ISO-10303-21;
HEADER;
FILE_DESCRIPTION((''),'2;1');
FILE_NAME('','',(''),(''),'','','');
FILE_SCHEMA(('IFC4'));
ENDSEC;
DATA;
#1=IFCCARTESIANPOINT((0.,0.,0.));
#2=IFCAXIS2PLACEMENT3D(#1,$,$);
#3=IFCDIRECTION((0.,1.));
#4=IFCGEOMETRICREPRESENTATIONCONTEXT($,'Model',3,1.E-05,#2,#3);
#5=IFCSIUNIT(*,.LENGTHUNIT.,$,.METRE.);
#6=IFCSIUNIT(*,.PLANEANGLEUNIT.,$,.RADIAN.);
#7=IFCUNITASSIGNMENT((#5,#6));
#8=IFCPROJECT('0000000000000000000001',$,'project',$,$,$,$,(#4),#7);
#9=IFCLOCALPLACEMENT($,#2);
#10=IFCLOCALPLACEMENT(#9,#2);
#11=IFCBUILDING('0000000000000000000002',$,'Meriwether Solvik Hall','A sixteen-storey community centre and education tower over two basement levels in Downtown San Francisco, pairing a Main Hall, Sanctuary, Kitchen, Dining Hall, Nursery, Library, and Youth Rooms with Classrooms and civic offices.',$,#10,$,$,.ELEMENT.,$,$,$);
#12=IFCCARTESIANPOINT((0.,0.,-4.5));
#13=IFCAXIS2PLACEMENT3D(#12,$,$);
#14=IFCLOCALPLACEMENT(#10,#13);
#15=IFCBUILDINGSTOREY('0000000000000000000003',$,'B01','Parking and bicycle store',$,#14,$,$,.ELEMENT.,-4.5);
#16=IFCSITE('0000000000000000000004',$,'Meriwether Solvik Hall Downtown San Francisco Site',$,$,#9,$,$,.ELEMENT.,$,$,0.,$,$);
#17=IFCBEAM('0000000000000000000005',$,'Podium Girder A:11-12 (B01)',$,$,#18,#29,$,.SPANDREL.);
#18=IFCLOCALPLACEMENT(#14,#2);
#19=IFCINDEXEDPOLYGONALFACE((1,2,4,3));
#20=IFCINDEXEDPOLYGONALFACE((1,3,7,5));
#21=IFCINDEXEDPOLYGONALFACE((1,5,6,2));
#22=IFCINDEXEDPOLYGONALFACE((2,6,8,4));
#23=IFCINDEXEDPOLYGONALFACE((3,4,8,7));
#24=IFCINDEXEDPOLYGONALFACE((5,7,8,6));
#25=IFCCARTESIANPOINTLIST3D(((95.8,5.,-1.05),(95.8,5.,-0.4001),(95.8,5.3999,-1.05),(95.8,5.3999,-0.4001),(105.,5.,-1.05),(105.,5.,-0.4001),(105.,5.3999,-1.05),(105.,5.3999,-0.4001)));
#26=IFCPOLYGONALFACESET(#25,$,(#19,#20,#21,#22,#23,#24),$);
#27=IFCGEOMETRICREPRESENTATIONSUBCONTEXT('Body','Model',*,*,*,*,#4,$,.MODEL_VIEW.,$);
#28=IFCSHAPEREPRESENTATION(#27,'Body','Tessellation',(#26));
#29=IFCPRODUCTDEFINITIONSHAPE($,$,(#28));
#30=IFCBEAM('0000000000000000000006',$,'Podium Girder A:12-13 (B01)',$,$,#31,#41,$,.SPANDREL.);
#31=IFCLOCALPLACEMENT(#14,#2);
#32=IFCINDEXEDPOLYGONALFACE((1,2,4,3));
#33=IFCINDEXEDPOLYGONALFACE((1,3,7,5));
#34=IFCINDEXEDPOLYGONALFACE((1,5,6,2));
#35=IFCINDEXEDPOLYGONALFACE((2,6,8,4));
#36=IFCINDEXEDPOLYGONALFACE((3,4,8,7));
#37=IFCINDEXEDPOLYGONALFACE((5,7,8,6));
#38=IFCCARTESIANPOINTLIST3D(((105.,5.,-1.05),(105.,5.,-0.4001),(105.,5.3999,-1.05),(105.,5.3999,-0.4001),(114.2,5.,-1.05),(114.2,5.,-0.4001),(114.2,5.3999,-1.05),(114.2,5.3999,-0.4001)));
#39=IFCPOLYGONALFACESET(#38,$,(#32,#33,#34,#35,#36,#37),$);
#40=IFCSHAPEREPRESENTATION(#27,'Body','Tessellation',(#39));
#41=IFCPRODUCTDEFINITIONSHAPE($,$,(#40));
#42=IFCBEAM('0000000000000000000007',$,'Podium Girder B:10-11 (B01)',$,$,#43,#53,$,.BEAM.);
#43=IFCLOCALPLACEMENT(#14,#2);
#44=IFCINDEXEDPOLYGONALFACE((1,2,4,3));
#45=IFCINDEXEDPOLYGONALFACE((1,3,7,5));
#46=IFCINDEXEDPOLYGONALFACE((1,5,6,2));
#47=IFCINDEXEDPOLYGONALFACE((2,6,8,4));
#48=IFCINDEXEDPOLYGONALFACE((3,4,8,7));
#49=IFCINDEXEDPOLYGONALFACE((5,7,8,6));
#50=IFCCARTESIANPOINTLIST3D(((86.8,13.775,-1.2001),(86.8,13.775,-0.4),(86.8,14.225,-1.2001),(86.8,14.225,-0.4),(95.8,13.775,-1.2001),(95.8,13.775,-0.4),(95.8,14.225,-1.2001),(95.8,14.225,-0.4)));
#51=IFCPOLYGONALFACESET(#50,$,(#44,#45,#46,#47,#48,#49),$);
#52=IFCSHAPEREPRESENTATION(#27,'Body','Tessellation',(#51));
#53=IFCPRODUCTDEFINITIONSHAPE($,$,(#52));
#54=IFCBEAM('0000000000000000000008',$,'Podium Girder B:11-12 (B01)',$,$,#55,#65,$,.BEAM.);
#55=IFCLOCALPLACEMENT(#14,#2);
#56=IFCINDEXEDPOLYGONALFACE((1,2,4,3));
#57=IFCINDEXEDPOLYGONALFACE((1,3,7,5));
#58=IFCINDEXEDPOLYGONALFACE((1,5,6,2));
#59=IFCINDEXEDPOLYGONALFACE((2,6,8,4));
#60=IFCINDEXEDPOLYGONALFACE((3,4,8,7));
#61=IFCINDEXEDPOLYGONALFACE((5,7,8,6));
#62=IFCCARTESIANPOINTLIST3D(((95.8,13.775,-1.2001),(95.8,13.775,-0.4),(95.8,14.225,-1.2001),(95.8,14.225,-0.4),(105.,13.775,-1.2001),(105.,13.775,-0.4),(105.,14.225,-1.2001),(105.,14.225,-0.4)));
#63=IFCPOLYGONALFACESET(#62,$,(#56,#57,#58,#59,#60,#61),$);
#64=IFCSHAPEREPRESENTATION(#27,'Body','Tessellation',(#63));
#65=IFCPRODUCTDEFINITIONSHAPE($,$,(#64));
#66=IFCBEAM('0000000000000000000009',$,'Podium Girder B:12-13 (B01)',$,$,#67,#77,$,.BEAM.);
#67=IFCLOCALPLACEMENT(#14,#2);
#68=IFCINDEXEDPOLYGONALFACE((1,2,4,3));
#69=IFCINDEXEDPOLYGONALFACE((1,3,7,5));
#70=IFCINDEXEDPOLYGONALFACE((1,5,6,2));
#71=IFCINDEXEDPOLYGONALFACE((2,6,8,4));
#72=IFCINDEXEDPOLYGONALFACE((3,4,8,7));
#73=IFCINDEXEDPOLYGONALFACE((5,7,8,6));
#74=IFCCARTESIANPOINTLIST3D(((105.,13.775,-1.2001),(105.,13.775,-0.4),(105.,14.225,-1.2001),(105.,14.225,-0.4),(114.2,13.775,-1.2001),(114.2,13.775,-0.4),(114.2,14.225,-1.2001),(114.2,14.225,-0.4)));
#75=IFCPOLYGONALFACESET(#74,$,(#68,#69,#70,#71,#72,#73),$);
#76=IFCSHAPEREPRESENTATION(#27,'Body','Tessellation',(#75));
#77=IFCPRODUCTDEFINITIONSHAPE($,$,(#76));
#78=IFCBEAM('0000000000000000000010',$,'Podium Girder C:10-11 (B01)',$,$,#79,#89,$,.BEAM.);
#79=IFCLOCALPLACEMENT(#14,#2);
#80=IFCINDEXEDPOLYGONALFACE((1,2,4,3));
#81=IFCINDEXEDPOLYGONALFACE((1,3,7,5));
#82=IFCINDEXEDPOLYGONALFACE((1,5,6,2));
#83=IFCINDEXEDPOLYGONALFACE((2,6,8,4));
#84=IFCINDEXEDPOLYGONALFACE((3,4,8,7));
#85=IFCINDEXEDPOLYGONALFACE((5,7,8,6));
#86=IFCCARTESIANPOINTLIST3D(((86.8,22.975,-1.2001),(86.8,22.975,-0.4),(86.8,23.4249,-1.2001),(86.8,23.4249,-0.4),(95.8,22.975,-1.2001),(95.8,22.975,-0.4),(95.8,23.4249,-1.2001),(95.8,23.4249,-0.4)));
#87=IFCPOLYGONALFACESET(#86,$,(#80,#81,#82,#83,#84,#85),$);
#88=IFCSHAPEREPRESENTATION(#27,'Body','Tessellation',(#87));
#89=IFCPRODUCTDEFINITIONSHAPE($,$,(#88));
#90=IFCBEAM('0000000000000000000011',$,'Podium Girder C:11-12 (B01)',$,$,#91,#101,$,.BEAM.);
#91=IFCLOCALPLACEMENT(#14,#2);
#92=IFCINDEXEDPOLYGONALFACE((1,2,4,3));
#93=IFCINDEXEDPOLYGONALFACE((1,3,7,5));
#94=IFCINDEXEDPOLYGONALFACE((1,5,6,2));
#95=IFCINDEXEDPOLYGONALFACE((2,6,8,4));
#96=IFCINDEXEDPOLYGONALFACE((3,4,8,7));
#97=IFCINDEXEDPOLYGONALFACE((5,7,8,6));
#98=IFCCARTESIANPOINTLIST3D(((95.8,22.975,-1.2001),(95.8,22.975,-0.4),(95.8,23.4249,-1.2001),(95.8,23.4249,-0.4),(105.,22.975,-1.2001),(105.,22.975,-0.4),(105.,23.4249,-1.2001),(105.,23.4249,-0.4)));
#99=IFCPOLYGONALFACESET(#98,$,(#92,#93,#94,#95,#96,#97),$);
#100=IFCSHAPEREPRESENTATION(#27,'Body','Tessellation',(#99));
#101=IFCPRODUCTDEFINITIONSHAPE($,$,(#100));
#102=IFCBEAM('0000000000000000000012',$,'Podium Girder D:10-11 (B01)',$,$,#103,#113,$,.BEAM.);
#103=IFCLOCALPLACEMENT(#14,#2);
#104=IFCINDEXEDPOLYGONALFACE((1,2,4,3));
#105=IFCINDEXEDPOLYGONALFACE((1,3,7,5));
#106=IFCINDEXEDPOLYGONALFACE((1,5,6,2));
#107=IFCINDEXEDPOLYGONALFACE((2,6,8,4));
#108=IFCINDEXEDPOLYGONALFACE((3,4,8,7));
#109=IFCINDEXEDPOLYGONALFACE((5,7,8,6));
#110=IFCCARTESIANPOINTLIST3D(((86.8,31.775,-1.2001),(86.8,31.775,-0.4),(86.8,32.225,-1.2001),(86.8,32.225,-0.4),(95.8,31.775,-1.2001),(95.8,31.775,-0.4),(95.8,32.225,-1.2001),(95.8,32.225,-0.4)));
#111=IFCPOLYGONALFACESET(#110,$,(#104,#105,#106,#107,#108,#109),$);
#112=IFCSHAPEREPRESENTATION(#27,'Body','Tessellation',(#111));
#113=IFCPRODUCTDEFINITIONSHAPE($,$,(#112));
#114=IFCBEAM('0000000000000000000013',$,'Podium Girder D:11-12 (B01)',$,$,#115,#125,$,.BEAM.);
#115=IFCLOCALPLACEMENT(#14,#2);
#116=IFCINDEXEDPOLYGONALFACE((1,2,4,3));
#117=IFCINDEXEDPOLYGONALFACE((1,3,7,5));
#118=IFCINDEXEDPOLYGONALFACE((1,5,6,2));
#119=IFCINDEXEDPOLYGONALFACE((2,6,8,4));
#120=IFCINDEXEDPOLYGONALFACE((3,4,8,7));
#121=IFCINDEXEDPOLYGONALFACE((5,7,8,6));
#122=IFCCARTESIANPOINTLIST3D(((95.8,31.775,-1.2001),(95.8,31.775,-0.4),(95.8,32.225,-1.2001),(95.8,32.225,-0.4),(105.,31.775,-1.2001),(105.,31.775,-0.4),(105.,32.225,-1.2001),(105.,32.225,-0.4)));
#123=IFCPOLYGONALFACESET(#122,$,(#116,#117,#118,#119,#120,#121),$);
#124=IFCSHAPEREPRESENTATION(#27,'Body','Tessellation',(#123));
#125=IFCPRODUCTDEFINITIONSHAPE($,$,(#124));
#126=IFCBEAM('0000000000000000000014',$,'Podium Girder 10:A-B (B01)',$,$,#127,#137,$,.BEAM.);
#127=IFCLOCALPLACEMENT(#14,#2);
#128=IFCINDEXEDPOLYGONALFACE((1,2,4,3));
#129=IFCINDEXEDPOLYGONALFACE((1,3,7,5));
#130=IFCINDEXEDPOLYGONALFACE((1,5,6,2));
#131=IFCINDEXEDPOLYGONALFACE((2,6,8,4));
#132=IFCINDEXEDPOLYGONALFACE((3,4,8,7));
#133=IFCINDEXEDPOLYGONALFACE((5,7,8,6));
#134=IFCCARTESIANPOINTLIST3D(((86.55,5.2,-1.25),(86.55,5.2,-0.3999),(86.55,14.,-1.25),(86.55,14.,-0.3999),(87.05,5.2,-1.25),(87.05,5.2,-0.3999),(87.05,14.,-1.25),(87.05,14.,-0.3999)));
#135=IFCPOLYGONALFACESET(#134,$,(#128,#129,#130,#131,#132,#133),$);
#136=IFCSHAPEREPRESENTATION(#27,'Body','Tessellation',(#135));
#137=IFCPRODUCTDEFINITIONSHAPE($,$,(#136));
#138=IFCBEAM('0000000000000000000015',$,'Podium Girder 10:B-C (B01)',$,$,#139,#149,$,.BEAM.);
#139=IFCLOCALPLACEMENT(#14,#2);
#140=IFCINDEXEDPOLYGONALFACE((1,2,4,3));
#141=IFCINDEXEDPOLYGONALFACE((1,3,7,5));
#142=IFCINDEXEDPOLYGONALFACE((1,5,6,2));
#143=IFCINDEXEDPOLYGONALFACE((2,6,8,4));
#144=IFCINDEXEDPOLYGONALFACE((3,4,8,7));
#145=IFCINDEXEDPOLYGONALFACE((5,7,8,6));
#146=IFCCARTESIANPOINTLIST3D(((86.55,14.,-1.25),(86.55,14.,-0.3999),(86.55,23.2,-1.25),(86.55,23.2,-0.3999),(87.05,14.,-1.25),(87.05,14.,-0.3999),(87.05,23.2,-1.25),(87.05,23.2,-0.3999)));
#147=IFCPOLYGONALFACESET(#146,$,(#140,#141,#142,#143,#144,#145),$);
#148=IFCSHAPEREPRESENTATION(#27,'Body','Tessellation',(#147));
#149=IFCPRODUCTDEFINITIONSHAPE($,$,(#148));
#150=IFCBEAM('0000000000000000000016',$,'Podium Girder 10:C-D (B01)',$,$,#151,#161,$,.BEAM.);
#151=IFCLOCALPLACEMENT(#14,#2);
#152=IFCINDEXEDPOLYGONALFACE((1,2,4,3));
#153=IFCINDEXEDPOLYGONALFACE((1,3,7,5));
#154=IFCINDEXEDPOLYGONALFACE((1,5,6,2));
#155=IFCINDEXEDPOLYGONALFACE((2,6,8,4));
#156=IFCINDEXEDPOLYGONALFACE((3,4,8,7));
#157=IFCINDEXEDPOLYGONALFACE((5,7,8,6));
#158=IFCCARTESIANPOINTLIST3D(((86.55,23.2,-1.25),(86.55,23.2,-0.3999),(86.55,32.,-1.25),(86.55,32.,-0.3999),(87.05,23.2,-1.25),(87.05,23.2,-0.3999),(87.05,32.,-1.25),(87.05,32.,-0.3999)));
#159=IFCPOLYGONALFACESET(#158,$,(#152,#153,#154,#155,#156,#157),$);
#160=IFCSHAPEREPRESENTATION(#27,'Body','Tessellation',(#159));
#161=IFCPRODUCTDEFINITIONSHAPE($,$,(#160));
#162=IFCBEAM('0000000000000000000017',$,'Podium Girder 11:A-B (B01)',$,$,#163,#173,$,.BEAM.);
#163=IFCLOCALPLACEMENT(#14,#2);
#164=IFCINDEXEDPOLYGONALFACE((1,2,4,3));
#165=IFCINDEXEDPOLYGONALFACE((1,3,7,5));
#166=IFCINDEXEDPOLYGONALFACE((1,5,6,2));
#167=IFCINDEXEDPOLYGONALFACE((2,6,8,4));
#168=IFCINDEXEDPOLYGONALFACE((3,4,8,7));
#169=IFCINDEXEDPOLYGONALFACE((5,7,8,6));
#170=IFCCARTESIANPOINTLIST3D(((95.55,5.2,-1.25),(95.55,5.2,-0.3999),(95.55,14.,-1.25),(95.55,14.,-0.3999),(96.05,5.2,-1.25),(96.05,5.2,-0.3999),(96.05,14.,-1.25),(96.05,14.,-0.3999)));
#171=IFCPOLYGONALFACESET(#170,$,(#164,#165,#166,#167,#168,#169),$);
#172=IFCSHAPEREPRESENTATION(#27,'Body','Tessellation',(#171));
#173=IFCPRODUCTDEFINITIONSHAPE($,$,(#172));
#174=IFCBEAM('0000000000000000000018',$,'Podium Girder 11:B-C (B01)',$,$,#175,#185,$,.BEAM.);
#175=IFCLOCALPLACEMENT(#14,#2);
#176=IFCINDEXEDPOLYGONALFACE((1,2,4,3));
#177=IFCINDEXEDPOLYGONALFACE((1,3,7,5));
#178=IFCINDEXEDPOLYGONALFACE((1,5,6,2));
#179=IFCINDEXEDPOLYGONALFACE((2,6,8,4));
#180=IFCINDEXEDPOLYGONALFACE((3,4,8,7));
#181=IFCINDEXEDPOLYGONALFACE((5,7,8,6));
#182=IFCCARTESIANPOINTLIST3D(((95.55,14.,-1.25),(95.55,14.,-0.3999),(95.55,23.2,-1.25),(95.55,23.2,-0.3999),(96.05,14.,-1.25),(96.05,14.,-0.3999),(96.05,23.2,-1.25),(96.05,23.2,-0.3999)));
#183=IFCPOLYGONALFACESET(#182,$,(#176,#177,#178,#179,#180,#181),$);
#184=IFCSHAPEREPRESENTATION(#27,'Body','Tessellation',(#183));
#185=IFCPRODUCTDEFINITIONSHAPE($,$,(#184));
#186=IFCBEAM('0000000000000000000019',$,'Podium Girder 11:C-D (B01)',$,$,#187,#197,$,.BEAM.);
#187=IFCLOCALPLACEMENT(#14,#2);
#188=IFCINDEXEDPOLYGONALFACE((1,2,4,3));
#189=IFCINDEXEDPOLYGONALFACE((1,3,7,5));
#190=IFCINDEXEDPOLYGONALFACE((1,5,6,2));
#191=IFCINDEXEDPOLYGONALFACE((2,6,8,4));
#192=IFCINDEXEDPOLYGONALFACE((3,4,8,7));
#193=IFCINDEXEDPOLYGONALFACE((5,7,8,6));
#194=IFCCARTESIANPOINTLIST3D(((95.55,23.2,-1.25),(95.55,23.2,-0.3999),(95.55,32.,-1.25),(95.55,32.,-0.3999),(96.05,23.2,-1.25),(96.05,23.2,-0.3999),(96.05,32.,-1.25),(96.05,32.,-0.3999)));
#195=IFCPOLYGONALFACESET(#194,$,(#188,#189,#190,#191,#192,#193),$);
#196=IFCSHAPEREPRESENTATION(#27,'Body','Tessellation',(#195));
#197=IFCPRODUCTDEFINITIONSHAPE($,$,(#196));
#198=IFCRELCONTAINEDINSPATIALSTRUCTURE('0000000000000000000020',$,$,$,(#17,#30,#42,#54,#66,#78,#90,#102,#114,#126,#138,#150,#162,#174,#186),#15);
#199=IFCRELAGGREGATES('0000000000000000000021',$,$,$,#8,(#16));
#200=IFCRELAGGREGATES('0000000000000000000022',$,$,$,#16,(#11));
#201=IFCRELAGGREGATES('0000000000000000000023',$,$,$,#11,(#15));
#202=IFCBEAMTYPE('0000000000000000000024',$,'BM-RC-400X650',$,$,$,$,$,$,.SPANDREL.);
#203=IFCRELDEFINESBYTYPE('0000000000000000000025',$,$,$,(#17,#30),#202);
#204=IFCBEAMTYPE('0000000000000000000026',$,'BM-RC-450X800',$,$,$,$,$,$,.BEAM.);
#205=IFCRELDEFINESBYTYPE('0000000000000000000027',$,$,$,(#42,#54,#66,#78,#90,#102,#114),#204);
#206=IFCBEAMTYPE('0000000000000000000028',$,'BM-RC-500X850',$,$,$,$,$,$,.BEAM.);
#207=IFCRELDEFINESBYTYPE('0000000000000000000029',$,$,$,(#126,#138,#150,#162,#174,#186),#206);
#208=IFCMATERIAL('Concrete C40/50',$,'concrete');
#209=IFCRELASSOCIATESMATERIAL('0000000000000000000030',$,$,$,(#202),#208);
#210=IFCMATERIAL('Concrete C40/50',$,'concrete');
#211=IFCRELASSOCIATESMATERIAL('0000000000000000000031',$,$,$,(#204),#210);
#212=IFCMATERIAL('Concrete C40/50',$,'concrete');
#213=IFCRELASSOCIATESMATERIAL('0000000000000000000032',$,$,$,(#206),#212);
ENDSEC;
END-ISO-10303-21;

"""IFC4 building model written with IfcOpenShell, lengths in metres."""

from ifc_helpers import new_model, si_unit, direction, frame, origin, origin_2d, place, context, subcontext, project, spatial, rectangle, extrude, material, material_profile, profile_set, type_object, element, save


model = new_model("IFC4")

# Units and contexts
model_context = context("Model", 3, precision=1e-05, world=origin(), true_north=direction((0.0, 1.0)))
body_context = subcontext(model_context, "Body", "Model", "MODEL_VIEW")
ifc_project = project(units=[si_unit("LENGTHUNIT", "METRE"), si_unit("PLANEANGLEUNIT", "RADIAN")], contexts=[model_context])

# Site, building, storey
site_placement = place(None, origin())
site = spatial("IfcSite", under=ifc_project, at=site_placement, Name="Meriwether Solvik Hall Downtown San Francisco Site", CompositionType="ELEMENT", RefElevation=0.0)
building_placement = place(site_placement, origin())
building = spatial("IfcBuilding", under=site, at=building_placement, Name="Meriwether Solvik Hall", Description="A sixteen-storey community centre and education tower over two basement levels in Downtown San Francisco, pairing a Main Hall, Sanctuary, Kitchen, Dining Hall, Nursery, Library, and Youth Rooms with Classrooms and civic offices.", CompositionType="ELEMENT")
storey_placement = place(building_placement, frame((0.0, 0.0, -4.5)))
storey = spatial("IfcBuildingStorey", under=building, at=storey_placement, Name="B01", Description="Parking and bicycle store", CompositionType="ELEMENT", Elevation=-4.5)

# Beams
ifc_material_1 = material(Name="Concrete C40/50", Category="concrete")
ifc_material_profile_1 = material_profile(ifc_material_1, rectangle(XDim=0.3999, YDim=0.6499, at=origin_2d()), Name="RCB-400X650")
ifc_profile_set_1 = profile_set([ifc_material_profile_1], Name="Concrete C40/50")
beam_type_1 = type_object("IfcBeamType", Name="BM-RC-400X650", PredefinedType="SPANDREL", material=ifc_profile_set_1)
for number, where, z_axis, x_axis, name in (
    (1, (95.8, 5.2, -0.7251), (1.0, 0.0, 0.0), (0.0, 1.0, 0.0), "Podium Girder A:11-12 (B01)"),
    (2, (105.0, 5.2, -0.7251), (1.0, 0.0, 0.0), (0.0, 1.0, 0.0), "Podium Girder A:12-13 (B01)"),
):
    element("IfcBeam", number, at=place(storey_placement, frame(where, z_axis=z_axis, x_axis=x_axis)), inside=storey, type_object=beam_type_1, Name=name, PredefinedType="SPANDREL", context=body_context, shape_type="SweptSolid", body=[
        extrude(rectangle(XDim=0.3999, YDim=0.6499, at=origin_2d()), origin(), (0.0, 0.0, 1.0), 9.2),
    ])
ifc_material_2 = material(Name="Concrete C40/50", Category="concrete")
ifc_material_profile_2 = material_profile(ifc_material_2, rectangle(XDim=0.45, YDim=0.8, at=origin_2d()), Name="RCB-450X800")
ifc_profile_set_2 = profile_set([ifc_material_profile_2], Name="Concrete C40/50")
beam_type_2 = type_object("IfcBeamType", Name="BM-RC-450X800", PredefinedType="BEAM", material=ifc_profile_set_2)
beam_1_placement = place(storey_placement, frame((86.8, 14.0, -0.8), z_axis=(1.0, 0.0, 0.0), x_axis=(0.0, 1.0, 0.0)))
element("IfcBeam", 3, at=beam_1_placement, inside=storey, type_object=beam_type_2, Name="Podium Girder B:10-11 (B01)", PredefinedType="BEAM", context=body_context, shape_type="SweptSolid", body=[
    extrude(rectangle(XDim=0.45, YDim=0.8, at=origin_2d()), origin(), (0.0, 0.0, 1.0), 9.0),
])
for number, where, z_axis, x_axis, name in (
    (4, (95.8, 14.0, -0.8), (1.0, 0.0, 0.0), (0.0, 1.0, 0.0), "Podium Girder B:11-12 (B01)"),
    (5, (105.0, 14.0, -0.8), (1.0, 0.0, 0.0), (0.0, 1.0, 0.0), "Podium Girder B:12-13 (B01)"),
):
    element("IfcBeam", number, at=place(storey_placement, frame(where, z_axis=z_axis, x_axis=x_axis)), inside=storey, type_object=beam_type_2, Name=name, PredefinedType="BEAM", context=body_context, shape_type="SweptSolid", body=[
        extrude(rectangle(XDim=0.45, YDim=0.8, at=origin_2d()), origin(), (0.0, 0.0, 1.0), 9.2),
    ])
beam_2_placement = place(storey_placement, frame((86.8, 23.2, -0.8), z_axis=(1.0, 0.0, 0.0), x_axis=(0.0, 1.0, 0.0)))
element("IfcBeam", 6, at=beam_2_placement, inside=storey, type_object=beam_type_2, Name="Podium Girder C:10-11 (B01)", PredefinedType="BEAM", context=body_context, shape_type="SweptSolid", body=[
    extrude(rectangle(XDim=0.45, YDim=0.8, at=origin_2d()), origin(), (0.0, 0.0, 1.0), 9.0),
])
beam_3_placement = place(storey_placement, frame((95.8, 23.2, -0.8), z_axis=(1.0, 0.0, 0.0), x_axis=(0.0, 1.0, 0.0)))
element("IfcBeam", 7, at=beam_3_placement, inside=storey, type_object=beam_type_2, Name="Podium Girder C:11-12 (B01)", PredefinedType="BEAM", context=body_context, shape_type="SweptSolid", body=[
    extrude(rectangle(XDim=0.45, YDim=0.8, at=origin_2d()), origin(), (0.0, 0.0, 1.0), 9.2),
])
beam_4_placement = place(storey_placement, frame((86.8, 32.0, -0.8), z_axis=(1.0, 0.0, 0.0), x_axis=(0.0, 1.0, 0.0)))
element("IfcBeam", 8, at=beam_4_placement, inside=storey, type_object=beam_type_2, Name="Podium Girder D:10-11 (B01)", PredefinedType="BEAM", context=body_context, shape_type="SweptSolid", body=[
    extrude(rectangle(XDim=0.45, YDim=0.8, at=origin_2d()), origin(), (0.0, 0.0, 1.0), 9.0),
])
beam_5_placement = place(storey_placement, frame((95.8, 32.0, -0.8), z_axis=(1.0, 0.0, 0.0), x_axis=(0.0, 1.0, 0.0)))
element("IfcBeam", 9, at=beam_5_placement, inside=storey, type_object=beam_type_2, Name="Podium Girder D:11-12 (B01)", PredefinedType="BEAM", context=body_context, shape_type="SweptSolid", body=[
    extrude(rectangle(XDim=0.45, YDim=0.8, at=origin_2d()), origin(), (0.0, 0.0, 1.0), 9.2),
])
ifc_material_3 = material(Name="Concrete C40/50", Category="concrete")
ifc_material_profile_3 = material_profile(ifc_material_3, rectangle(XDim=0.5, YDim=0.8501, at=origin_2d()), Name="RCB-500X850")
ifc_profile_set_3 = profile_set([ifc_material_profile_3], Name="Concrete C40/50")
beam_type_3 = type_object("IfcBeamType", Name="BM-RC-500X850", PredefinedType="BEAM", material=ifc_profile_set_3)
beam_6_placement = place(storey_placement, frame((86.8, 5.2, -0.825), z_axis=(0.0, 1.0, 0.0), x_axis=(-1.0, 0.0, 0.0)))
element("IfcBeam", 10, at=beam_6_placement, inside=storey, type_object=beam_type_3, Name="Podium Girder 10:A-B (B01)", PredefinedType="BEAM", context=body_context, shape_type="SweptSolid", body=[
    extrude(rectangle(XDim=0.5, YDim=0.8501, at=origin_2d()), origin(), (0.0, 0.0, 1.0), 8.8),
])
beam_7_placement = place(storey_placement, frame((86.8, 14.0, -0.825), z_axis=(0.0, 1.0, 0.0), x_axis=(-1.0, 0.0, 0.0)))
element("IfcBeam", 11, at=beam_7_placement, inside=storey, type_object=beam_type_3, Name="Podium Girder 10:B-C (B01)", PredefinedType="BEAM", context=body_context, shape_type="SweptSolid", body=[
    extrude(rectangle(XDim=0.5, YDim=0.8501, at=origin_2d()), origin(), (0.0, 0.0, 1.0), 9.2),
])
for number, where, z_axis, x_axis, name in (
    (12, (86.8, 23.2, -0.825), (0.0, 1.0, 0.0), (-1.0, 0.0, 0.0), "Podium Girder 10:C-D (B01)"),
    (13, (95.8, 5.2, -0.825), (0.0, 1.0, 0.0), (-1.0, 0.0, 0.0), "Podium Girder 11:A-B (B01)"),
):
    element("IfcBeam", number, at=place(storey_placement, frame(where, z_axis=z_axis, x_axis=x_axis)), inside=storey, type_object=beam_type_3, Name=name, PredefinedType="BEAM", context=body_context, shape_type="SweptSolid", body=[
        extrude(rectangle(XDim=0.5, YDim=0.8501, at=origin_2d()), origin(), (0.0, 0.0, 1.0), 8.8),
    ])
beam_8_placement = place(storey_placement, frame((95.8, 14.0, -0.825), z_axis=(0.0, 1.0, 0.0), x_axis=(-1.0, 0.0, 0.0)))
element("IfcBeam", 14, at=beam_8_placement, inside=storey, type_object=beam_type_3, Name="Podium Girder 11:B-C (B01)", PredefinedType="BEAM", context=body_context, shape_type="SweptSolid", body=[
    extrude(rectangle(XDim=0.5, YDim=0.8501, at=origin_2d()), origin(), (0.0, 0.0, 1.0), 9.2),
])
beam_9_placement = place(storey_placement, frame((95.8, 23.2, -0.825), z_axis=(0.0, 1.0, 0.0), x_axis=(-1.0, 0.0, 0.0)))
element("IfcBeam", 15, at=beam_9_placement, inside=storey, type_object=beam_type_3, Name="Podium Girder 11:C-D (B01)", PredefinedType="BEAM", context=body_context, shape_type="SweptSolid", body=[
    extrude(rectangle(XDim=0.5, YDim=0.8501, at=origin_2d()), origin(), (0.0, 0.0, 1.0), 8.8),
])

save(model, "model.ifc")
